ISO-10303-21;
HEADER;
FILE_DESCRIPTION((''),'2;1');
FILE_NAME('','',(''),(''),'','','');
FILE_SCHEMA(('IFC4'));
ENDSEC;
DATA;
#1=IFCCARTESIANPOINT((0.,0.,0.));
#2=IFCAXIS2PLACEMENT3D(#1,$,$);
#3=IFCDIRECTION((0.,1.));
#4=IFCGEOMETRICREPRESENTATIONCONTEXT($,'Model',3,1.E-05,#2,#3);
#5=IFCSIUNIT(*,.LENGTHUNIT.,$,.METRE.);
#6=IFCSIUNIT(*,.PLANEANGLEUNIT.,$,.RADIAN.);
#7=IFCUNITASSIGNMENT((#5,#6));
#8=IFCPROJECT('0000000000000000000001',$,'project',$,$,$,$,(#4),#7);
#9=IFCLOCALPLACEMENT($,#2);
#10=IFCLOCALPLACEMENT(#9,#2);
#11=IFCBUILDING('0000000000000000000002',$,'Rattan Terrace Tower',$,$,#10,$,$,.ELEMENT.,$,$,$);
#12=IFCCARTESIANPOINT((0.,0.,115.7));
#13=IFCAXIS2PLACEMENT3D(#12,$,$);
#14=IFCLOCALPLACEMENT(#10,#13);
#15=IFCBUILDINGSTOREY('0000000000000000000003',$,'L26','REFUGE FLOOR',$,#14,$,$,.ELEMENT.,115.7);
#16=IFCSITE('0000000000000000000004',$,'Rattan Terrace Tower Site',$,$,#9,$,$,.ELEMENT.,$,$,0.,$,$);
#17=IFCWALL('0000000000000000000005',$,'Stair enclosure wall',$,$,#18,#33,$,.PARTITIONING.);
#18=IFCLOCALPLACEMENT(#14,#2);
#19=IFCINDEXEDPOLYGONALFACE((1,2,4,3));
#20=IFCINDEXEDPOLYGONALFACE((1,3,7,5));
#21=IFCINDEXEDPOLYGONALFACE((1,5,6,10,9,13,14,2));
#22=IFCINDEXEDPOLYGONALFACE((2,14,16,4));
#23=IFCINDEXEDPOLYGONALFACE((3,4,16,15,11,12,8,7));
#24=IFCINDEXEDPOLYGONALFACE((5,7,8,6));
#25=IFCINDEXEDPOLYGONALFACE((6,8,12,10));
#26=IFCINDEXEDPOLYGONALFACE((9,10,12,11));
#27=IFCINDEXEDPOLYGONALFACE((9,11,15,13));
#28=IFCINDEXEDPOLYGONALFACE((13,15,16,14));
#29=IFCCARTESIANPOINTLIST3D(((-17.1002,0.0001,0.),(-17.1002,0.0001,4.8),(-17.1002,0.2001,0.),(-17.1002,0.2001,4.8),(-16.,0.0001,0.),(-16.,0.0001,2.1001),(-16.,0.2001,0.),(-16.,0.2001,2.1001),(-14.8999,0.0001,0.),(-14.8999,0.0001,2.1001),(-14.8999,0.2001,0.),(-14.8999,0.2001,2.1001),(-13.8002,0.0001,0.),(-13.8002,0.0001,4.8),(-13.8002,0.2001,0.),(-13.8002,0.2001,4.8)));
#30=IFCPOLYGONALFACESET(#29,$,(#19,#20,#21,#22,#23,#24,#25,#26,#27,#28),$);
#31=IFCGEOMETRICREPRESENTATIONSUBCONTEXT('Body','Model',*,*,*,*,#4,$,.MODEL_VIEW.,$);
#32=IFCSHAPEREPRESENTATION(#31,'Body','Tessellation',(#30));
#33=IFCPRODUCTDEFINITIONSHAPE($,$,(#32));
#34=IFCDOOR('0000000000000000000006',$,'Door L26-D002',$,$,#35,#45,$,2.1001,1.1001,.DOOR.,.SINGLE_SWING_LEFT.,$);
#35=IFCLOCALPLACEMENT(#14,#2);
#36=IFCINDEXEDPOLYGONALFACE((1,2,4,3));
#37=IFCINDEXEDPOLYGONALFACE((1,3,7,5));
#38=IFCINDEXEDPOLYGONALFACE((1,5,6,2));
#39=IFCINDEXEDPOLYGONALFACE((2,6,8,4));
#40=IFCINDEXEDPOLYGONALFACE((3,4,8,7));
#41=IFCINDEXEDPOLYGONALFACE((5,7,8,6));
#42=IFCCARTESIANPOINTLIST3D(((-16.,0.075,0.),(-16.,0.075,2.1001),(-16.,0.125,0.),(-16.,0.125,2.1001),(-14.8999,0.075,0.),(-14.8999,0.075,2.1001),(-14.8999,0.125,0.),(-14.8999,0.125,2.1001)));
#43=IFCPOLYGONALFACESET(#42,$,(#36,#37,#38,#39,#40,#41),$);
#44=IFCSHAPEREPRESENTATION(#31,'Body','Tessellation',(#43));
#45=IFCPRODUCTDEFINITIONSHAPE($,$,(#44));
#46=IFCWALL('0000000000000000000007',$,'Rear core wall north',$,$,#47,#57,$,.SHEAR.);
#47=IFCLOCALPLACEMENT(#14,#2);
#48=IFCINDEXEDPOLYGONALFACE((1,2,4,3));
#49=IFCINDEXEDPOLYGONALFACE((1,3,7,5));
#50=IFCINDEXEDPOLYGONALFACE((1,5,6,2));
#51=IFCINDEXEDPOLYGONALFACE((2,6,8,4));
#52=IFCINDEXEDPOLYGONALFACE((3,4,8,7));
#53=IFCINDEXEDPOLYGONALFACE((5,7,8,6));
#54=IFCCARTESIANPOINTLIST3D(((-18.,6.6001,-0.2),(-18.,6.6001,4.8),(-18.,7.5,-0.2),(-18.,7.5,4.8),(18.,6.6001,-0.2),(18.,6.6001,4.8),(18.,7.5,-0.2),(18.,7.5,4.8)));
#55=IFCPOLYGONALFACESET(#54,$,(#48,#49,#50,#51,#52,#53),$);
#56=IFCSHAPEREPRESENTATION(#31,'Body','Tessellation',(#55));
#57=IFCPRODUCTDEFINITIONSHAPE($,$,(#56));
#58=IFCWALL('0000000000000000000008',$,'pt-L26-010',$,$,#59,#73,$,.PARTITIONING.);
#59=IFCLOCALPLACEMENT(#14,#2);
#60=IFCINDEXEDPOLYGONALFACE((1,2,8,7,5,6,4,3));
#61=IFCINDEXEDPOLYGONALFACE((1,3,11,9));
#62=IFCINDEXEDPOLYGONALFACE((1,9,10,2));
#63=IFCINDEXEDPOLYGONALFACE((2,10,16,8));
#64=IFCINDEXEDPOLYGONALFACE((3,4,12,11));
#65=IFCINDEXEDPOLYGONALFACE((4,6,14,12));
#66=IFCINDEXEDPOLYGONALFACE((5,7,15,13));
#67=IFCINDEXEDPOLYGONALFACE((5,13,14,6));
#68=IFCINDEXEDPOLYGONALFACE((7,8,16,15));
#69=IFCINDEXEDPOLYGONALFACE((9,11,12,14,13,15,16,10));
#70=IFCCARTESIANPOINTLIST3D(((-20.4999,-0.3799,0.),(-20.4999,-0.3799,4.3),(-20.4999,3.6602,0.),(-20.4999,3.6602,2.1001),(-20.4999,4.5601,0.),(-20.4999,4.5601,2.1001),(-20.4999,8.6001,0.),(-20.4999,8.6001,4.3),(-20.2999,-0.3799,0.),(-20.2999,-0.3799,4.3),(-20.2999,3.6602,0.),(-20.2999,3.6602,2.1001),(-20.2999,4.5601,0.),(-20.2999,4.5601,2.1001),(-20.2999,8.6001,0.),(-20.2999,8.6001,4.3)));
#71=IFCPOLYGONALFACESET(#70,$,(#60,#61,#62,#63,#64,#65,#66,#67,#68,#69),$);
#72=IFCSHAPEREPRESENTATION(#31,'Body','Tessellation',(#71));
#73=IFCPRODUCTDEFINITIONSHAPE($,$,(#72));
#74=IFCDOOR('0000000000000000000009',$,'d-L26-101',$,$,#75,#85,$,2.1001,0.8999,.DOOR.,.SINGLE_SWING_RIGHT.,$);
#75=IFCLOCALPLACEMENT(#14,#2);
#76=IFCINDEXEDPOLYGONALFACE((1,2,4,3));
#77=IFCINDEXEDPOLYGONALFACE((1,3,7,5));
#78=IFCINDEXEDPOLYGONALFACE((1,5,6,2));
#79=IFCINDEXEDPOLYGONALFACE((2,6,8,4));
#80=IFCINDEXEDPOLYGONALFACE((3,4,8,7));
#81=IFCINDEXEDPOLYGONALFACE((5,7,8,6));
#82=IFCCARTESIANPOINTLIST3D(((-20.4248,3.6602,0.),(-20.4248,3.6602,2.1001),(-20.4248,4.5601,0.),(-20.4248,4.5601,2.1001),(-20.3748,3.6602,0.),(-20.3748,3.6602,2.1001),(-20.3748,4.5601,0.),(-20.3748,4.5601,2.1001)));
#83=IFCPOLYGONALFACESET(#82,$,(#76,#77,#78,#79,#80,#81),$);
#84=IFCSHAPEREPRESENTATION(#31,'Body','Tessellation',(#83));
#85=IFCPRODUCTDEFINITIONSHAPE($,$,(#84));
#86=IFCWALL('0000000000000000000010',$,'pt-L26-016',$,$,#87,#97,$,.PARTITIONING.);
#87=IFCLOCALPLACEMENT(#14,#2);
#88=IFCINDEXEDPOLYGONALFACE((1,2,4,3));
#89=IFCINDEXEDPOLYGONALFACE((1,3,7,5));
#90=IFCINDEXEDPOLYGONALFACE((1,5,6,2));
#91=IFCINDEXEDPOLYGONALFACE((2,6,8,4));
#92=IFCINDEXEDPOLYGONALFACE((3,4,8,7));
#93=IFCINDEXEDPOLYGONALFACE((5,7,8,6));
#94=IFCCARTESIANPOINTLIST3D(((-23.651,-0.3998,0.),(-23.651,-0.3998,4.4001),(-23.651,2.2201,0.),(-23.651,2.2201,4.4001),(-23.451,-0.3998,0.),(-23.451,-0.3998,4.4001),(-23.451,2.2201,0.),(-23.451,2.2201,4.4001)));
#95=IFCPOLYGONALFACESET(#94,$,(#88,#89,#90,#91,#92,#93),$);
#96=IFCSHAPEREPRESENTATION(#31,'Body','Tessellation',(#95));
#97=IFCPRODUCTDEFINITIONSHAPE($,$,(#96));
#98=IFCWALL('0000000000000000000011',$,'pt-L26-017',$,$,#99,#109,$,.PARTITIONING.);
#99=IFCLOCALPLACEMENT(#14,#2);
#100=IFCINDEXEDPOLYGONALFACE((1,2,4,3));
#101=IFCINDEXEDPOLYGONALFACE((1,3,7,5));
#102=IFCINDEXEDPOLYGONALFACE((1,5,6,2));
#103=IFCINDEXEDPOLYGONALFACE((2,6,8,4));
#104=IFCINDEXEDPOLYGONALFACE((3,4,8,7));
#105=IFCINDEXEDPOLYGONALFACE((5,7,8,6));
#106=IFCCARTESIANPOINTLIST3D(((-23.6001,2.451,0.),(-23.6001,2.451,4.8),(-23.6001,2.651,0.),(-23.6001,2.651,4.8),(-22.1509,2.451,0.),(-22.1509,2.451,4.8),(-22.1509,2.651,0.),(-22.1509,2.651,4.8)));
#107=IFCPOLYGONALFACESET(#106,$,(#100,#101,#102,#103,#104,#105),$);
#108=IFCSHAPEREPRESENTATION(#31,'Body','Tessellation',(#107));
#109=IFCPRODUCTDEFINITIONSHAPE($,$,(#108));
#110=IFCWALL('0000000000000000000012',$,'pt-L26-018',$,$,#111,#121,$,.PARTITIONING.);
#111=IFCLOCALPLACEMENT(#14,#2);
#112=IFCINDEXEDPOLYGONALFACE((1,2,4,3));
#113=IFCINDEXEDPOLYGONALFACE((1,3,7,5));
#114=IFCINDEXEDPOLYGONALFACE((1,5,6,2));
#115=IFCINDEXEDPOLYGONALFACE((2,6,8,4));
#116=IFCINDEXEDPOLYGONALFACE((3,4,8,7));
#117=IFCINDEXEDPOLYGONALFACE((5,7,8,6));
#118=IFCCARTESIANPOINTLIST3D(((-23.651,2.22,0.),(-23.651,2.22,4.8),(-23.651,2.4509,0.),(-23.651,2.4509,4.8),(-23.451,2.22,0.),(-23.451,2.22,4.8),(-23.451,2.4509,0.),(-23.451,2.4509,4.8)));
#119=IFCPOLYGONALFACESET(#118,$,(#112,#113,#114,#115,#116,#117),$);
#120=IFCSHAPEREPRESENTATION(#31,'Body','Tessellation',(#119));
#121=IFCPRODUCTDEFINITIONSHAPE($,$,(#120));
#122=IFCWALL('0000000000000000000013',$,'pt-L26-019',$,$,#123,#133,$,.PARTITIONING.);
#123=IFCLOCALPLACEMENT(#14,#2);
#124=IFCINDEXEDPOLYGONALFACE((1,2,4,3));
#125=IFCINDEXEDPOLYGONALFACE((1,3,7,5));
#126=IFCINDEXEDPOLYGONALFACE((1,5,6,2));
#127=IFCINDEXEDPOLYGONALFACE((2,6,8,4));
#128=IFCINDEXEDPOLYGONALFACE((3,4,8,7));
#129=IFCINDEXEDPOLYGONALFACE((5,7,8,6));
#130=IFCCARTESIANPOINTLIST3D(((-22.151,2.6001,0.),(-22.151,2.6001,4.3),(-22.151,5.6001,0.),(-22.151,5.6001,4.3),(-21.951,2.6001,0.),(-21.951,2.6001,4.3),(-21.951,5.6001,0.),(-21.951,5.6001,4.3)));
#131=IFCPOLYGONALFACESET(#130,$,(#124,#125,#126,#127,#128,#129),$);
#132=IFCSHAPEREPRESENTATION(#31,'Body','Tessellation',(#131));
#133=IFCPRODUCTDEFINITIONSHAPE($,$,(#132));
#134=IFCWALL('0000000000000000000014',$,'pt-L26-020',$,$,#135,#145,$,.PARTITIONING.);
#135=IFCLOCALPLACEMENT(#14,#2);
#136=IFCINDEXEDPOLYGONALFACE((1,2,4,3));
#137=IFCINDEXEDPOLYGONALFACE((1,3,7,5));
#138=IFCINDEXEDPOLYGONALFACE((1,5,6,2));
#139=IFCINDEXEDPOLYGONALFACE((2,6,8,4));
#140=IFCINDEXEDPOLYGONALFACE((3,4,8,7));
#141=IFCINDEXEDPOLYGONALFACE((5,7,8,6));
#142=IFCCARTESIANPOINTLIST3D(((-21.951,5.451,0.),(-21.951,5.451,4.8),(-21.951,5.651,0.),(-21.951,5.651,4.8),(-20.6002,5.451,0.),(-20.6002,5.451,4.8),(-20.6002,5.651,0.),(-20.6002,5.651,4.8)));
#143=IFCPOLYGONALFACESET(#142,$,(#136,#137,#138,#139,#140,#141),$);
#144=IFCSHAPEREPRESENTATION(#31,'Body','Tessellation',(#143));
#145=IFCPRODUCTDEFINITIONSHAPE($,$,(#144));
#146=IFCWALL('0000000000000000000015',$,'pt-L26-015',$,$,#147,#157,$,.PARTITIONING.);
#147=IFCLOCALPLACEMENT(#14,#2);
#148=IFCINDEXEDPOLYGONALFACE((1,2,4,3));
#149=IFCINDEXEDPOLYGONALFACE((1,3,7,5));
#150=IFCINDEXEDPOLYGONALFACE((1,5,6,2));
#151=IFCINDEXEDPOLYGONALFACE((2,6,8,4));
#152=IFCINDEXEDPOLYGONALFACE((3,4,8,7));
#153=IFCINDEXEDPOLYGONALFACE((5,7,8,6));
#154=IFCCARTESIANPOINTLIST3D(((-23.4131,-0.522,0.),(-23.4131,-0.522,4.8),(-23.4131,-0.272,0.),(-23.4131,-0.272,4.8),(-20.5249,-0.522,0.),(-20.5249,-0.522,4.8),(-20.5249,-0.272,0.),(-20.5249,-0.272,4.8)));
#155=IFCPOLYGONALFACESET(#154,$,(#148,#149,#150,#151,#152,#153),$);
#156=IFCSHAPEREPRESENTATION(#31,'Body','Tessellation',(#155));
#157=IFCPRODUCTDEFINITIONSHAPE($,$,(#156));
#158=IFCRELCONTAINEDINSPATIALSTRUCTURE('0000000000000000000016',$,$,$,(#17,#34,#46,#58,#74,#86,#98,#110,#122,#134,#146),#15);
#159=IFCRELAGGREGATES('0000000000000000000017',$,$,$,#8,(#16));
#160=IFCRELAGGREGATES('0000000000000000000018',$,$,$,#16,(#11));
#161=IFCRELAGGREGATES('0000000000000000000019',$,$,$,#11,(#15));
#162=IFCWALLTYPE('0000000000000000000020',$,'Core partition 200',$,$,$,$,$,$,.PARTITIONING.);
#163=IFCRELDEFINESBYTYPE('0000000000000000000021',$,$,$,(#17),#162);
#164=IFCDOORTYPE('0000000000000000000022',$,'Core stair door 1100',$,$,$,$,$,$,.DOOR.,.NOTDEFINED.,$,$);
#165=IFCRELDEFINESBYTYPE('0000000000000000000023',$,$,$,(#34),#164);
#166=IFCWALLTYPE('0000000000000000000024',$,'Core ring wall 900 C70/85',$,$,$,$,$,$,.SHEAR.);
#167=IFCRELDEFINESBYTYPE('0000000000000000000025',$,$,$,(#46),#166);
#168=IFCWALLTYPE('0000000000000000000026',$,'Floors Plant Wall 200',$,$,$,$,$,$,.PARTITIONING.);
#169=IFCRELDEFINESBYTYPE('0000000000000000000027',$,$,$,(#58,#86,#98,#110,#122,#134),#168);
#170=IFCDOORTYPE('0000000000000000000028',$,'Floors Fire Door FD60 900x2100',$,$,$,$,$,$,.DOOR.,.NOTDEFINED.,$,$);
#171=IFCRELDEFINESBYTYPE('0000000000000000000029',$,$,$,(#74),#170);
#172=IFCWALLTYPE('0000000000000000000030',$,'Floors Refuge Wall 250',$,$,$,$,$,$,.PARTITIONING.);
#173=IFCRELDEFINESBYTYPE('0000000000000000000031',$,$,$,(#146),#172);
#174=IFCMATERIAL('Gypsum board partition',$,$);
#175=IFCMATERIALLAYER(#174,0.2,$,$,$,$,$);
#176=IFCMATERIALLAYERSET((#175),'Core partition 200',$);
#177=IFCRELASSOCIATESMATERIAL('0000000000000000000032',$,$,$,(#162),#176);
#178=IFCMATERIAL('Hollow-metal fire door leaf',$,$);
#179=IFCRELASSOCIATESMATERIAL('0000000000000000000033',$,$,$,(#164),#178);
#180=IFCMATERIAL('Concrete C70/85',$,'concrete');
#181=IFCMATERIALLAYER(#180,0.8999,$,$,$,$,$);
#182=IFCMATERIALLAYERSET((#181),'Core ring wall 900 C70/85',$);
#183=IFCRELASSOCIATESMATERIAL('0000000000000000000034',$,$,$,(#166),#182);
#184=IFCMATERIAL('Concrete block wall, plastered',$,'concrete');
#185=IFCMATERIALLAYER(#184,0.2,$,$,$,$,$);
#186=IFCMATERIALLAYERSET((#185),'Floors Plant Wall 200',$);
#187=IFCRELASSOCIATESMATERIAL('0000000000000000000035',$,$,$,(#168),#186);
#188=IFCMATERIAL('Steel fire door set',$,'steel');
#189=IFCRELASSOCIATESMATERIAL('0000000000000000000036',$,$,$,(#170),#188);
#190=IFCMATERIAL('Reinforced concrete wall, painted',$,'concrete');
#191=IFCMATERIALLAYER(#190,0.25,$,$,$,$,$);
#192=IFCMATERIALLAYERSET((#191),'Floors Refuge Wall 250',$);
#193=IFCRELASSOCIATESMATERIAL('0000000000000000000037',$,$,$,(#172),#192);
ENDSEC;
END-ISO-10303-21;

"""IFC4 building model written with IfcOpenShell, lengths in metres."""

from ifc_helpers import new_model, si_unit, direction, frame, frame_2d, origin, place, context, subcontext, project, spatial, rectangle, extrude, material, layer, layer_set, type_object, element, fill, save


model = new_model("IFC4")

# Units and contexts
model_context = context("Model", 3, precision=1e-05, world=origin(), true_north=direction((0.0, 1.0)))
body_context = subcontext(model_context, "Body", "Model", "MODEL_VIEW")
ifc_project = project(units=[si_unit("LENGTHUNIT", "METRE"), si_unit("PLANEANGLEUNIT", "RADIAN")], contexts=[model_context])

# Site, building, storey
site_placement = place(None, origin())
site = spatial("IfcSite", under=ifc_project, at=site_placement, Name="Rattan Terrace Tower Site", CompositionType="ELEMENT", RefElevation=0.0)
building_placement = place(site_placement, origin())
building = spatial("IfcBuilding", under=site, at=building_placement, Name="Rattan Terrace Tower", CompositionType="ELEMENT")
storey_placement = place(building_placement, frame((0.0, 0.0, 115.7)))
storey = spatial("IfcBuildingStorey", under=building, at=storey_placement, Name="L26", Description="REFUGE FLOOR", CompositionType="ELEMENT", Elevation=115.7)

# Wall, opening, door
ifc_material_1 = material(Name="Gypsum board partition")
ifc_layer_1 = layer(ifc_material_1, 0.2)
ifc_layer_set_1 = layer_set([ifc_layer_1], Name="Core partition 200")
wall_type_1 = type_object("IfcWallType", Name="Core partition 200", PredefinedType="PARTITIONING", material=ifc_layer_set_1)
wall_1_placement = place(storey_placement, frame((-17.1001, 0.1001, 0.0), z_axis=(0.0, 0.0, 1.0), x_axis=(1.0, 0.0, 0.0)))
wall_1 = element("IfcWall", 1, at=wall_1_placement, inside=storey, type_object=wall_type_1, Name="Stair enclosure wall", PredefinedType="PARTITIONING", context=body_context, shape_type="SweptSolid", body=[
    extrude(rectangle(XDim=3.3, YDim=0.2, at=frame_2d((1.6499, 0.0))), origin(), (0.0, 0.0, 1.0), 4.8),
])
opening_1_placement = place(wall_1_placement, frame((1.1001, 0.0, 0.0)))
opening_1 = element("IfcOpeningElement", 2, at=opening_1_placement, cuts=wall_1, PredefinedType="OPENING", context=body_context, shape_type="SweptSolid", body=[
    extrude(rectangle(XDim=1.1001, YDim=2.1001, at=frame_2d((0.55, 1.05))), frame((0.0, 0.1106, 0.0), z_axis=(0.0, -1.0, 0.0), x_axis=(1.0, 0.0, 0.0)), (0.0, 0.0, 1.0), 0.2209),
])
ifc_material_2 = material(Name="Hollow-metal fire door leaf")
door_type_1 = type_object("IfcDoorType", Name="Core stair door 1100", OperationType="NOTDEFINED", PredefinedType="DOOR", material=ifc_material_2)
door_1_placement = place(opening_1_placement, origin())
door_1 = element("IfcDoor", 3, at=door_1_placement, inside=storey, type_object=door_type_1, Name="Door L26-D002", OperationType="SINGLE_SWING_LEFT", OverallHeight=2.1001, OverallWidth=1.1001, PredefinedType="DOOR", context=body_context, shape_type="SweptSolid", body=[
    extrude(rectangle(XDim=1.1001, YDim=2.1001, at=frame_2d((0.55, 1.05))), frame((0.0, 0.0249, 0.0), z_axis=(0.0, -1.0, 0.0), x_axis=(1.0, 0.0, 0.0)), (0.0, 0.0, 1.0), 0.05),
])
fill(opening_1, door_1)

# Wall
ifc_material_3 = material(Name="Concrete C70/85", Category="concrete")
ifc_layer_2 = layer(ifc_material_3, 0.8999)
ifc_layer_set_2 = layer_set([ifc_layer_2], Name="Core ring wall 900 C70/85")
wall_type_2 = type_object("IfcWallType", Name="Core ring wall 900 C70/85", PredefinedType="SHEAR", material=ifc_layer_set_2)
wall_2_placement = place(storey_placement, frame((-18.0, 7.05, -0.2), z_axis=(0.0, 0.0, 1.0), x_axis=(1.0, 0.0, 0.0)))
element("IfcWall", 4, at=wall_2_placement, inside=storey, type_object=wall_type_2, Name="Rear core wall north", PredefinedType="SHEAR", context=body_context, shape_type="SweptSolid", body=[
    extrude(rectangle(XDim=36.0, YDim=0.8999, at=frame_2d((18.0, 0.0))), origin(), (0.0, 0.0, 1.0), 5.0),
])

# Wall, opening, door
ifc_material_4 = material(Name="Concrete block wall, plastered", Category="concrete")
ifc_layer_3 = layer(ifc_material_4, 0.2)
ifc_layer_set_3 = layer_set([ifc_layer_3], Name="Floors Plant Wall 200")
wall_type_3 = type_object("IfcWallType", Name="Floors Plant Wall 200", PredefinedType="PARTITIONING", material=ifc_layer_set_3)
wall_3_placement = place(storey_placement, frame((-20.3999, -0.3799, 0.0), z_axis=(0.0, 0.0, 1.0), x_axis=(0.0, 1.0, 0.0)))
wall_3 = element("IfcWall", 5, at=wall_3_placement, inside=storey, type_object=wall_type_3, Name="pt-L26-010", PredefinedType="PARTITIONING", context=body_context, shape_type="SweptSolid", body=[
    extrude(rectangle(XDim=8.98, YDim=0.2, at=frame_2d((4.49, 0.0))), origin(), (0.0, 0.0, 1.0), 4.3),
])
opening_2_placement = place(wall_3_placement, frame((4.04, 0.0, 0.0)))
opening_2 = element("IfcOpeningElement", 6, at=opening_2_placement, cuts=wall_3, PredefinedType="OPENING", context=body_context, shape_type="SweptSolid", body=[
    extrude(rectangle(XDim=0.8999, YDim=2.1001, at=frame_2d((0.45, 1.05))), frame((0.0, 0.1106, 0.0), z_axis=(0.0, -1.0, 0.0), x_axis=(1.0, 0.0, 0.0)), (0.0, 0.0, 1.0), 0.2209),
])
ifc_material_5 = material(Name="Steel fire door set", Category="steel")
door_type_2 = type_object("IfcDoorType", Name="Floors Fire Door FD60 900x2100", OperationType="NOTDEFINED", PredefinedType="DOOR", material=ifc_material_5)
door_2_placement = place(opening_2_placement, origin())
door_2 = element("IfcDoor", 7, at=door_2_placement, inside=storey, type_object=door_type_2, Name="d-L26-101", OperationType="SINGLE_SWING_RIGHT", OverallHeight=2.1001, OverallWidth=0.8999, PredefinedType="DOOR", context=body_context, shape_type="SweptSolid", body=[
    extrude(rectangle(XDim=0.8999, YDim=2.1001, at=frame_2d((0.45, 1.05))), frame((0.0, 0.0249, 0.0), z_axis=(0.0, -1.0, 0.0), x_axis=(1.0, 0.0, 0.0)), (0.0, 0.0, 1.0), 0.05),
])
fill(opening_2, door_2)

# Walls
wall_4_placement = place(storey_placement, frame((-23.551, -0.3999, 0.0), z_axis=(0.0, 0.0, 1.0), x_axis=(0.0, 1.0, 0.0)))
element("IfcWall", 8, at=wall_4_placement, inside=storey, type_object=wall_type_3, Name="pt-L26-016", PredefinedType="PARTITIONING", context=body_context, shape_type="SweptSolid", body=[
    extrude(rectangle(XDim=2.6199, YDim=0.2, at=frame_2d((1.3101, 0.0))), origin(), (0.0, 0.0, 1.0), 4.4001),
])
wall_5_placement = place(storey_placement, frame((-23.6001, 2.551, 0.0), z_axis=(0.0, 0.0, 1.0), x_axis=(1.0, 0.0, 0.0)))
element("IfcWall", 9, at=wall_5_placement, inside=storey, type_object=wall_type_3, Name="pt-L26-017", PredefinedType="PARTITIONING", context=body_context, shape_type="SweptSolid", body=[
    extrude(rectangle(XDim=1.4492, YDim=0.2, at=frame_2d((0.7246, 0.0))), origin(), (0.0, 0.0, 1.0), 4.8),
])
wall_6_placement = place(storey_placement, frame((-23.551, 2.22, 0.0), z_axis=(0.0, 0.0, 1.0), x_axis=(0.0, 1.0, 0.0)))
element("IfcWall", 10, at=wall_6_placement, inside=storey, type_object=wall_type_3, Name="pt-L26-018", PredefinedType="PARTITIONING", context=body_context, shape_type="SweptSolid", body=[
    extrude(rectangle(XDim=0.231, YDim=0.2, at=frame_2d((0.1155, 0.0))), origin(), (0.0, 0.0, 1.0), 4.8),
])
wall_7_placement = place(storey_placement, frame((-22.051, 2.6001, 0.0), z_axis=(0.0, 0.0, 1.0), x_axis=(0.0, 1.0, 0.0)))
element("IfcWall", 11, at=wall_7_placement, inside=storey, type_object=wall_type_3, Name="pt-L26-019", PredefinedType="PARTITIONING", context=body_context, shape_type="SweptSolid", body=[
    extrude(rectangle(XDim=3.0, YDim=0.2, at=frame_2d((1.5, 0.0))), origin(), (0.0, 0.0, 1.0), 4.3),
])
wall_8_placement = place(storey_placement, frame((-21.9509, 5.551, 0.0), z_axis=(0.0, 0.0, 1.0), x_axis=(1.0, 0.0, 0.0)))
element("IfcWall", 12, at=wall_8_placement, inside=storey, type_object=wall_type_3, Name="pt-L26-020", PredefinedType="PARTITIONING", context=body_context, shape_type="SweptSolid", body=[
    extrude(rectangle(XDim=1.3508, YDim=0.2, at=frame_2d((0.6753, 0.0))), origin(), (0.0, 0.0, 1.0), 4.8),
])
ifc_material_6 = material(Name="Reinforced concrete wall, painted", Category="concrete")
ifc_layer_4 = layer(ifc_material_6, 0.25)
ifc_layer_set_4 = layer_set([ifc_layer_4], Name="Floors Refuge Wall 250")
wall_type_4 = type_object("IfcWallType", Name="Floors Refuge Wall 250", PredefinedType="PARTITIONING", material=ifc_layer_set_4)
wall_9_placement = place(storey_placement, frame((-20.5249, -0.397, 0.0), z_axis=(0.0, 0.0, 1.0), x_axis=(-1.0, 0.0, 0.0)))
element("IfcWall", 13, at=wall_9_placement, inside=storey, type_object=wall_type_4, Name="pt-L26-015", PredefinedType="PARTITIONING", context=body_context, shape_type="SweptSolid", body=[
    extrude(rectangle(XDim=2.8882, YDim=0.25, at=frame_2d((1.4441, 0.0))), origin(), (0.0, 0.0, 1.0), 4.8),
])

save(model, "model.ifc")
